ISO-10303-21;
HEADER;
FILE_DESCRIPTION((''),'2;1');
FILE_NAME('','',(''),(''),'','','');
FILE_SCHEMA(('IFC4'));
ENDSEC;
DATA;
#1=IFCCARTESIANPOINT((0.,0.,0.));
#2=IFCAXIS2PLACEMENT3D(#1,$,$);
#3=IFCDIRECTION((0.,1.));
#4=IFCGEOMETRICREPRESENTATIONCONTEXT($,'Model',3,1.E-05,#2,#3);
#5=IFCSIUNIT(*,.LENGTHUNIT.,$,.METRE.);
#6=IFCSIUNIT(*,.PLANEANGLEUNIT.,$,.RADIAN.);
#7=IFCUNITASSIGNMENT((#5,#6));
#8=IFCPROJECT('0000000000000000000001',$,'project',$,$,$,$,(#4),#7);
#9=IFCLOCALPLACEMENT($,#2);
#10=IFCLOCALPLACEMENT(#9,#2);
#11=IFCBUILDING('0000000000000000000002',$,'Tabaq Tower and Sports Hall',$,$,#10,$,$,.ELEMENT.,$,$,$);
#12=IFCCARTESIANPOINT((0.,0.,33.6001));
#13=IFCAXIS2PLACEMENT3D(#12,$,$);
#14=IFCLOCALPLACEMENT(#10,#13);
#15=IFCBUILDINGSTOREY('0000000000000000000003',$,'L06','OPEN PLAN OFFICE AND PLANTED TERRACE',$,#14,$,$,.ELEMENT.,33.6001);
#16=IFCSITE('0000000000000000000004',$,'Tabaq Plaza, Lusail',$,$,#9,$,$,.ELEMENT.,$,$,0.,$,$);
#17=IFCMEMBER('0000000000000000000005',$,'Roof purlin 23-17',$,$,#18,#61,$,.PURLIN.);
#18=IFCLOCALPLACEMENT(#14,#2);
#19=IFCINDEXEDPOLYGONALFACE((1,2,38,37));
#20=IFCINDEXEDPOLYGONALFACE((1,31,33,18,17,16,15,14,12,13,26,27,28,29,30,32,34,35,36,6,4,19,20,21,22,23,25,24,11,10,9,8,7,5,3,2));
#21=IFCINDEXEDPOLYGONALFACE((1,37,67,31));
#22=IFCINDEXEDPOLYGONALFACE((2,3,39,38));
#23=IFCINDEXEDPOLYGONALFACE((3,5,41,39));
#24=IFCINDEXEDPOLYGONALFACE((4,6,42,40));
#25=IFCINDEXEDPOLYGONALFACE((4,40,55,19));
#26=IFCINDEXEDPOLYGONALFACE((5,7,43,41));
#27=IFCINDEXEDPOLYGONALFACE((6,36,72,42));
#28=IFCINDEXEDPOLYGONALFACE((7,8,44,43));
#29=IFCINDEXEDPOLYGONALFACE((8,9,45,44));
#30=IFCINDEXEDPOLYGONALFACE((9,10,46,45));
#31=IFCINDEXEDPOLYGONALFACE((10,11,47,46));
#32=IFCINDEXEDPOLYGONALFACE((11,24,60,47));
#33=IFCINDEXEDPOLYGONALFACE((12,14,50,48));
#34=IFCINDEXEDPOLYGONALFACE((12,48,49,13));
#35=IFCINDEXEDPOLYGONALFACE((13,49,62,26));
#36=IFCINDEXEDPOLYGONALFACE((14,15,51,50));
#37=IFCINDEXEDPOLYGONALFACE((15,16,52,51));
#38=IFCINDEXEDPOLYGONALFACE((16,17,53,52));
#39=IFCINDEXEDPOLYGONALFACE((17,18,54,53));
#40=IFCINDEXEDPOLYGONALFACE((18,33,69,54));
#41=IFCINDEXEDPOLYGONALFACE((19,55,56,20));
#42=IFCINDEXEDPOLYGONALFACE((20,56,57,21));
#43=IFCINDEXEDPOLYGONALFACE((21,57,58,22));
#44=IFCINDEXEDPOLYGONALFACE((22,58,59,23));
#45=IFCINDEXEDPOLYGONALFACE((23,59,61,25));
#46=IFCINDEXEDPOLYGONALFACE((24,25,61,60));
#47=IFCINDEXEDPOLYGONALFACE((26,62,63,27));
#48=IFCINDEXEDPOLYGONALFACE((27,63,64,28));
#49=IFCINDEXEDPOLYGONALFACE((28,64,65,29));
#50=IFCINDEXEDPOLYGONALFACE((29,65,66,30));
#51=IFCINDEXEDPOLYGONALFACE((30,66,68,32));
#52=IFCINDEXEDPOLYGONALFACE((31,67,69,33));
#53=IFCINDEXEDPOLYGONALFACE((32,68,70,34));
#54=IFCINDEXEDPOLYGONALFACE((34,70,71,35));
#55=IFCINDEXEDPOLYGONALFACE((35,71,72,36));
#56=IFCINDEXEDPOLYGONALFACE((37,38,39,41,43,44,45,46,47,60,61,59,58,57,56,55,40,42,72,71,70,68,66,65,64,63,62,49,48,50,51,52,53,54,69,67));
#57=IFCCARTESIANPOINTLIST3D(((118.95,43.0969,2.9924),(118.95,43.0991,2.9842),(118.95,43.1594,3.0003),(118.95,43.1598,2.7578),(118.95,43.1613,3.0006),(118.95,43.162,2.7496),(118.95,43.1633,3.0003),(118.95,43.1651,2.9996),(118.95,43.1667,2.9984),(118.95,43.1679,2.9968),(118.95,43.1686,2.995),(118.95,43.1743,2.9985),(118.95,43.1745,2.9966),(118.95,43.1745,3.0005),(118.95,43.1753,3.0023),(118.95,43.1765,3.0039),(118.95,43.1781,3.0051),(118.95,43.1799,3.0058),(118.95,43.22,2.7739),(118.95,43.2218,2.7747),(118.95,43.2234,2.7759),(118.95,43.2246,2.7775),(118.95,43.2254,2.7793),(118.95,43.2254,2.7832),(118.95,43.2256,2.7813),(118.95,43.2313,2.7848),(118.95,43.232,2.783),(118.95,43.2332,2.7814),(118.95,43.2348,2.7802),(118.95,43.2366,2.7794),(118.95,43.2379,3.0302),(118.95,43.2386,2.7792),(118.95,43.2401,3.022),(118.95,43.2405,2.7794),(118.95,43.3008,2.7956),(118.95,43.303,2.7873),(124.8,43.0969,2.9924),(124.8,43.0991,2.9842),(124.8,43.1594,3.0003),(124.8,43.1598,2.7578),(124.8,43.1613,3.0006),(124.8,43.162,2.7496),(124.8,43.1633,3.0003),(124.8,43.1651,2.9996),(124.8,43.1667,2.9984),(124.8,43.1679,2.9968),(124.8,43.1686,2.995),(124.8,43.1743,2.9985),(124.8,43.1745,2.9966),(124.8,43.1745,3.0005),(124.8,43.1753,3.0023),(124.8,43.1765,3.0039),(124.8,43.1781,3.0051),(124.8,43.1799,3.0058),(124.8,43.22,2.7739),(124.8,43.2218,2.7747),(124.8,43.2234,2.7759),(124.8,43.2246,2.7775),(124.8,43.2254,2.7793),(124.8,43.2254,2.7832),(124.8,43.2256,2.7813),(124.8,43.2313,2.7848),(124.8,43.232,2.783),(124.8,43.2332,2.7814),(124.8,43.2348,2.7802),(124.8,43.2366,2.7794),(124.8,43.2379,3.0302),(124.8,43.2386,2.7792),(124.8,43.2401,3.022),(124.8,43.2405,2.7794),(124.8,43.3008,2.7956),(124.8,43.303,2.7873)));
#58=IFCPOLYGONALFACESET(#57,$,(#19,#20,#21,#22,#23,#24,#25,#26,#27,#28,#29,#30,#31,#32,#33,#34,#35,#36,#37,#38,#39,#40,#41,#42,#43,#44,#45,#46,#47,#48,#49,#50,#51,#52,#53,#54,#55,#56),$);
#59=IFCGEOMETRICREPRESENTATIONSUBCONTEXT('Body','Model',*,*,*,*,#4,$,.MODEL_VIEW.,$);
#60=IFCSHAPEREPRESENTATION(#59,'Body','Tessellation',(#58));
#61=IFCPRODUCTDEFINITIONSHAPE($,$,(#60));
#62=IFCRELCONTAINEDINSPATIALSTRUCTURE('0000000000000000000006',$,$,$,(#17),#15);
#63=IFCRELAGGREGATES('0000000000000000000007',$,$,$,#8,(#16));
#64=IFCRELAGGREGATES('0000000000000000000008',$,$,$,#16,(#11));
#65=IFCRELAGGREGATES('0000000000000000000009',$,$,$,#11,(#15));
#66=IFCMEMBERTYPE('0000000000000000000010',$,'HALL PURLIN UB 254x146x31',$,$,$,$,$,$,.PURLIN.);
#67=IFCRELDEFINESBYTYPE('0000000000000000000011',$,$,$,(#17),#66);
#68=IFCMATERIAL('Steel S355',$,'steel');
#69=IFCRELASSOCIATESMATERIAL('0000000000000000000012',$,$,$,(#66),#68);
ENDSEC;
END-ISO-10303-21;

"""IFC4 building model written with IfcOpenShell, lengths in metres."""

from ifc_helpers import new_model, si_unit, direction, frame, origin, origin_2d, place, context, subcontext, project, spatial, i_section, extrude, material, material_profile, profile_set, type_object, element, save


model = new_model("IFC4")

# Units and contexts
model_context = context("Model", 3, precision=1e-05, world=origin(), true_north=direction((0.0, 1.0)))
body_context = subcontext(model_context, "Body", "Model", "MODEL_VIEW")
ifc_project = project(units=[si_unit("LENGTHUNIT", "METRE"), si_unit("PLANEANGLEUNIT", "RADIAN")], contexts=[model_context])

# Site, building, storey
site_placement = place(None, origin())
site = spatial("IfcSite", under=ifc_project, at=site_placement, Name="Tabaq Plaza, Lusail", CompositionType="ELEMENT", RefElevation=0.0)
building_placement = place(site_placement, origin())
building = spatial("IfcBuilding", under=site, at=building_placement, Name="Tabaq Tower and Sports Hall", CompositionType="ELEMENT")
storey_placement = place(building_placement, frame((0.0, 0.0, 33.6001)))
storey = spatial("IfcBuildingStorey", under=building, at=storey_placement, Name="L06", Description="OPEN PLAN OFFICE AND PLANTED TERRACE", CompositionType="ELEMENT", Elevation=33.6001)

# Member
ifc_material_1 = material(Name="Steel S355", Category="steel")
ifc_material_profile_1 = material_profile(ifc_material_1, i_section(OverallWidth=0.146, OverallDepth=0.2515, WebThickness=0.0061, FlangeThickness=0.0085, FilletRadius=0.0076, at=origin_2d()), Name="UB 254x146x31")
ifc_profile_set_1 = profile_set([ifc_material_profile_1], Name="Steel S355")
member_type = type_object("IfcMemberType", Name="HALL PURLIN UB 254x146x31", PredefinedType="PURLIN", material=ifc_profile_set_1)
for number, where, z_axis, x_axis, name in (
    (1, (118.95, 43.2, 2.8899), (1.0, 0.0, 0.0), (0.0, 0.965926, 0.258819), "Roof purlin 23-17"),
):
    element("IfcMember", number, at=place(storey_placement, frame(where, z_axis=z_axis, x_axis=x_axis)), inside=storey, type_object=member_type, Name=name, PredefinedType="PURLIN", context=body_context, shape_type="SweptSolid", body=[
        extrude(i_section(OverallWidth=0.146, OverallDepth=0.2515, WebThickness=0.0061, FlangeThickness=0.0085, FilletRadius=0.0076, at=origin_2d()), origin(), (0.0, 0.0, 1.0), 5.8501),
    ])

save(model, "model.ifc")
